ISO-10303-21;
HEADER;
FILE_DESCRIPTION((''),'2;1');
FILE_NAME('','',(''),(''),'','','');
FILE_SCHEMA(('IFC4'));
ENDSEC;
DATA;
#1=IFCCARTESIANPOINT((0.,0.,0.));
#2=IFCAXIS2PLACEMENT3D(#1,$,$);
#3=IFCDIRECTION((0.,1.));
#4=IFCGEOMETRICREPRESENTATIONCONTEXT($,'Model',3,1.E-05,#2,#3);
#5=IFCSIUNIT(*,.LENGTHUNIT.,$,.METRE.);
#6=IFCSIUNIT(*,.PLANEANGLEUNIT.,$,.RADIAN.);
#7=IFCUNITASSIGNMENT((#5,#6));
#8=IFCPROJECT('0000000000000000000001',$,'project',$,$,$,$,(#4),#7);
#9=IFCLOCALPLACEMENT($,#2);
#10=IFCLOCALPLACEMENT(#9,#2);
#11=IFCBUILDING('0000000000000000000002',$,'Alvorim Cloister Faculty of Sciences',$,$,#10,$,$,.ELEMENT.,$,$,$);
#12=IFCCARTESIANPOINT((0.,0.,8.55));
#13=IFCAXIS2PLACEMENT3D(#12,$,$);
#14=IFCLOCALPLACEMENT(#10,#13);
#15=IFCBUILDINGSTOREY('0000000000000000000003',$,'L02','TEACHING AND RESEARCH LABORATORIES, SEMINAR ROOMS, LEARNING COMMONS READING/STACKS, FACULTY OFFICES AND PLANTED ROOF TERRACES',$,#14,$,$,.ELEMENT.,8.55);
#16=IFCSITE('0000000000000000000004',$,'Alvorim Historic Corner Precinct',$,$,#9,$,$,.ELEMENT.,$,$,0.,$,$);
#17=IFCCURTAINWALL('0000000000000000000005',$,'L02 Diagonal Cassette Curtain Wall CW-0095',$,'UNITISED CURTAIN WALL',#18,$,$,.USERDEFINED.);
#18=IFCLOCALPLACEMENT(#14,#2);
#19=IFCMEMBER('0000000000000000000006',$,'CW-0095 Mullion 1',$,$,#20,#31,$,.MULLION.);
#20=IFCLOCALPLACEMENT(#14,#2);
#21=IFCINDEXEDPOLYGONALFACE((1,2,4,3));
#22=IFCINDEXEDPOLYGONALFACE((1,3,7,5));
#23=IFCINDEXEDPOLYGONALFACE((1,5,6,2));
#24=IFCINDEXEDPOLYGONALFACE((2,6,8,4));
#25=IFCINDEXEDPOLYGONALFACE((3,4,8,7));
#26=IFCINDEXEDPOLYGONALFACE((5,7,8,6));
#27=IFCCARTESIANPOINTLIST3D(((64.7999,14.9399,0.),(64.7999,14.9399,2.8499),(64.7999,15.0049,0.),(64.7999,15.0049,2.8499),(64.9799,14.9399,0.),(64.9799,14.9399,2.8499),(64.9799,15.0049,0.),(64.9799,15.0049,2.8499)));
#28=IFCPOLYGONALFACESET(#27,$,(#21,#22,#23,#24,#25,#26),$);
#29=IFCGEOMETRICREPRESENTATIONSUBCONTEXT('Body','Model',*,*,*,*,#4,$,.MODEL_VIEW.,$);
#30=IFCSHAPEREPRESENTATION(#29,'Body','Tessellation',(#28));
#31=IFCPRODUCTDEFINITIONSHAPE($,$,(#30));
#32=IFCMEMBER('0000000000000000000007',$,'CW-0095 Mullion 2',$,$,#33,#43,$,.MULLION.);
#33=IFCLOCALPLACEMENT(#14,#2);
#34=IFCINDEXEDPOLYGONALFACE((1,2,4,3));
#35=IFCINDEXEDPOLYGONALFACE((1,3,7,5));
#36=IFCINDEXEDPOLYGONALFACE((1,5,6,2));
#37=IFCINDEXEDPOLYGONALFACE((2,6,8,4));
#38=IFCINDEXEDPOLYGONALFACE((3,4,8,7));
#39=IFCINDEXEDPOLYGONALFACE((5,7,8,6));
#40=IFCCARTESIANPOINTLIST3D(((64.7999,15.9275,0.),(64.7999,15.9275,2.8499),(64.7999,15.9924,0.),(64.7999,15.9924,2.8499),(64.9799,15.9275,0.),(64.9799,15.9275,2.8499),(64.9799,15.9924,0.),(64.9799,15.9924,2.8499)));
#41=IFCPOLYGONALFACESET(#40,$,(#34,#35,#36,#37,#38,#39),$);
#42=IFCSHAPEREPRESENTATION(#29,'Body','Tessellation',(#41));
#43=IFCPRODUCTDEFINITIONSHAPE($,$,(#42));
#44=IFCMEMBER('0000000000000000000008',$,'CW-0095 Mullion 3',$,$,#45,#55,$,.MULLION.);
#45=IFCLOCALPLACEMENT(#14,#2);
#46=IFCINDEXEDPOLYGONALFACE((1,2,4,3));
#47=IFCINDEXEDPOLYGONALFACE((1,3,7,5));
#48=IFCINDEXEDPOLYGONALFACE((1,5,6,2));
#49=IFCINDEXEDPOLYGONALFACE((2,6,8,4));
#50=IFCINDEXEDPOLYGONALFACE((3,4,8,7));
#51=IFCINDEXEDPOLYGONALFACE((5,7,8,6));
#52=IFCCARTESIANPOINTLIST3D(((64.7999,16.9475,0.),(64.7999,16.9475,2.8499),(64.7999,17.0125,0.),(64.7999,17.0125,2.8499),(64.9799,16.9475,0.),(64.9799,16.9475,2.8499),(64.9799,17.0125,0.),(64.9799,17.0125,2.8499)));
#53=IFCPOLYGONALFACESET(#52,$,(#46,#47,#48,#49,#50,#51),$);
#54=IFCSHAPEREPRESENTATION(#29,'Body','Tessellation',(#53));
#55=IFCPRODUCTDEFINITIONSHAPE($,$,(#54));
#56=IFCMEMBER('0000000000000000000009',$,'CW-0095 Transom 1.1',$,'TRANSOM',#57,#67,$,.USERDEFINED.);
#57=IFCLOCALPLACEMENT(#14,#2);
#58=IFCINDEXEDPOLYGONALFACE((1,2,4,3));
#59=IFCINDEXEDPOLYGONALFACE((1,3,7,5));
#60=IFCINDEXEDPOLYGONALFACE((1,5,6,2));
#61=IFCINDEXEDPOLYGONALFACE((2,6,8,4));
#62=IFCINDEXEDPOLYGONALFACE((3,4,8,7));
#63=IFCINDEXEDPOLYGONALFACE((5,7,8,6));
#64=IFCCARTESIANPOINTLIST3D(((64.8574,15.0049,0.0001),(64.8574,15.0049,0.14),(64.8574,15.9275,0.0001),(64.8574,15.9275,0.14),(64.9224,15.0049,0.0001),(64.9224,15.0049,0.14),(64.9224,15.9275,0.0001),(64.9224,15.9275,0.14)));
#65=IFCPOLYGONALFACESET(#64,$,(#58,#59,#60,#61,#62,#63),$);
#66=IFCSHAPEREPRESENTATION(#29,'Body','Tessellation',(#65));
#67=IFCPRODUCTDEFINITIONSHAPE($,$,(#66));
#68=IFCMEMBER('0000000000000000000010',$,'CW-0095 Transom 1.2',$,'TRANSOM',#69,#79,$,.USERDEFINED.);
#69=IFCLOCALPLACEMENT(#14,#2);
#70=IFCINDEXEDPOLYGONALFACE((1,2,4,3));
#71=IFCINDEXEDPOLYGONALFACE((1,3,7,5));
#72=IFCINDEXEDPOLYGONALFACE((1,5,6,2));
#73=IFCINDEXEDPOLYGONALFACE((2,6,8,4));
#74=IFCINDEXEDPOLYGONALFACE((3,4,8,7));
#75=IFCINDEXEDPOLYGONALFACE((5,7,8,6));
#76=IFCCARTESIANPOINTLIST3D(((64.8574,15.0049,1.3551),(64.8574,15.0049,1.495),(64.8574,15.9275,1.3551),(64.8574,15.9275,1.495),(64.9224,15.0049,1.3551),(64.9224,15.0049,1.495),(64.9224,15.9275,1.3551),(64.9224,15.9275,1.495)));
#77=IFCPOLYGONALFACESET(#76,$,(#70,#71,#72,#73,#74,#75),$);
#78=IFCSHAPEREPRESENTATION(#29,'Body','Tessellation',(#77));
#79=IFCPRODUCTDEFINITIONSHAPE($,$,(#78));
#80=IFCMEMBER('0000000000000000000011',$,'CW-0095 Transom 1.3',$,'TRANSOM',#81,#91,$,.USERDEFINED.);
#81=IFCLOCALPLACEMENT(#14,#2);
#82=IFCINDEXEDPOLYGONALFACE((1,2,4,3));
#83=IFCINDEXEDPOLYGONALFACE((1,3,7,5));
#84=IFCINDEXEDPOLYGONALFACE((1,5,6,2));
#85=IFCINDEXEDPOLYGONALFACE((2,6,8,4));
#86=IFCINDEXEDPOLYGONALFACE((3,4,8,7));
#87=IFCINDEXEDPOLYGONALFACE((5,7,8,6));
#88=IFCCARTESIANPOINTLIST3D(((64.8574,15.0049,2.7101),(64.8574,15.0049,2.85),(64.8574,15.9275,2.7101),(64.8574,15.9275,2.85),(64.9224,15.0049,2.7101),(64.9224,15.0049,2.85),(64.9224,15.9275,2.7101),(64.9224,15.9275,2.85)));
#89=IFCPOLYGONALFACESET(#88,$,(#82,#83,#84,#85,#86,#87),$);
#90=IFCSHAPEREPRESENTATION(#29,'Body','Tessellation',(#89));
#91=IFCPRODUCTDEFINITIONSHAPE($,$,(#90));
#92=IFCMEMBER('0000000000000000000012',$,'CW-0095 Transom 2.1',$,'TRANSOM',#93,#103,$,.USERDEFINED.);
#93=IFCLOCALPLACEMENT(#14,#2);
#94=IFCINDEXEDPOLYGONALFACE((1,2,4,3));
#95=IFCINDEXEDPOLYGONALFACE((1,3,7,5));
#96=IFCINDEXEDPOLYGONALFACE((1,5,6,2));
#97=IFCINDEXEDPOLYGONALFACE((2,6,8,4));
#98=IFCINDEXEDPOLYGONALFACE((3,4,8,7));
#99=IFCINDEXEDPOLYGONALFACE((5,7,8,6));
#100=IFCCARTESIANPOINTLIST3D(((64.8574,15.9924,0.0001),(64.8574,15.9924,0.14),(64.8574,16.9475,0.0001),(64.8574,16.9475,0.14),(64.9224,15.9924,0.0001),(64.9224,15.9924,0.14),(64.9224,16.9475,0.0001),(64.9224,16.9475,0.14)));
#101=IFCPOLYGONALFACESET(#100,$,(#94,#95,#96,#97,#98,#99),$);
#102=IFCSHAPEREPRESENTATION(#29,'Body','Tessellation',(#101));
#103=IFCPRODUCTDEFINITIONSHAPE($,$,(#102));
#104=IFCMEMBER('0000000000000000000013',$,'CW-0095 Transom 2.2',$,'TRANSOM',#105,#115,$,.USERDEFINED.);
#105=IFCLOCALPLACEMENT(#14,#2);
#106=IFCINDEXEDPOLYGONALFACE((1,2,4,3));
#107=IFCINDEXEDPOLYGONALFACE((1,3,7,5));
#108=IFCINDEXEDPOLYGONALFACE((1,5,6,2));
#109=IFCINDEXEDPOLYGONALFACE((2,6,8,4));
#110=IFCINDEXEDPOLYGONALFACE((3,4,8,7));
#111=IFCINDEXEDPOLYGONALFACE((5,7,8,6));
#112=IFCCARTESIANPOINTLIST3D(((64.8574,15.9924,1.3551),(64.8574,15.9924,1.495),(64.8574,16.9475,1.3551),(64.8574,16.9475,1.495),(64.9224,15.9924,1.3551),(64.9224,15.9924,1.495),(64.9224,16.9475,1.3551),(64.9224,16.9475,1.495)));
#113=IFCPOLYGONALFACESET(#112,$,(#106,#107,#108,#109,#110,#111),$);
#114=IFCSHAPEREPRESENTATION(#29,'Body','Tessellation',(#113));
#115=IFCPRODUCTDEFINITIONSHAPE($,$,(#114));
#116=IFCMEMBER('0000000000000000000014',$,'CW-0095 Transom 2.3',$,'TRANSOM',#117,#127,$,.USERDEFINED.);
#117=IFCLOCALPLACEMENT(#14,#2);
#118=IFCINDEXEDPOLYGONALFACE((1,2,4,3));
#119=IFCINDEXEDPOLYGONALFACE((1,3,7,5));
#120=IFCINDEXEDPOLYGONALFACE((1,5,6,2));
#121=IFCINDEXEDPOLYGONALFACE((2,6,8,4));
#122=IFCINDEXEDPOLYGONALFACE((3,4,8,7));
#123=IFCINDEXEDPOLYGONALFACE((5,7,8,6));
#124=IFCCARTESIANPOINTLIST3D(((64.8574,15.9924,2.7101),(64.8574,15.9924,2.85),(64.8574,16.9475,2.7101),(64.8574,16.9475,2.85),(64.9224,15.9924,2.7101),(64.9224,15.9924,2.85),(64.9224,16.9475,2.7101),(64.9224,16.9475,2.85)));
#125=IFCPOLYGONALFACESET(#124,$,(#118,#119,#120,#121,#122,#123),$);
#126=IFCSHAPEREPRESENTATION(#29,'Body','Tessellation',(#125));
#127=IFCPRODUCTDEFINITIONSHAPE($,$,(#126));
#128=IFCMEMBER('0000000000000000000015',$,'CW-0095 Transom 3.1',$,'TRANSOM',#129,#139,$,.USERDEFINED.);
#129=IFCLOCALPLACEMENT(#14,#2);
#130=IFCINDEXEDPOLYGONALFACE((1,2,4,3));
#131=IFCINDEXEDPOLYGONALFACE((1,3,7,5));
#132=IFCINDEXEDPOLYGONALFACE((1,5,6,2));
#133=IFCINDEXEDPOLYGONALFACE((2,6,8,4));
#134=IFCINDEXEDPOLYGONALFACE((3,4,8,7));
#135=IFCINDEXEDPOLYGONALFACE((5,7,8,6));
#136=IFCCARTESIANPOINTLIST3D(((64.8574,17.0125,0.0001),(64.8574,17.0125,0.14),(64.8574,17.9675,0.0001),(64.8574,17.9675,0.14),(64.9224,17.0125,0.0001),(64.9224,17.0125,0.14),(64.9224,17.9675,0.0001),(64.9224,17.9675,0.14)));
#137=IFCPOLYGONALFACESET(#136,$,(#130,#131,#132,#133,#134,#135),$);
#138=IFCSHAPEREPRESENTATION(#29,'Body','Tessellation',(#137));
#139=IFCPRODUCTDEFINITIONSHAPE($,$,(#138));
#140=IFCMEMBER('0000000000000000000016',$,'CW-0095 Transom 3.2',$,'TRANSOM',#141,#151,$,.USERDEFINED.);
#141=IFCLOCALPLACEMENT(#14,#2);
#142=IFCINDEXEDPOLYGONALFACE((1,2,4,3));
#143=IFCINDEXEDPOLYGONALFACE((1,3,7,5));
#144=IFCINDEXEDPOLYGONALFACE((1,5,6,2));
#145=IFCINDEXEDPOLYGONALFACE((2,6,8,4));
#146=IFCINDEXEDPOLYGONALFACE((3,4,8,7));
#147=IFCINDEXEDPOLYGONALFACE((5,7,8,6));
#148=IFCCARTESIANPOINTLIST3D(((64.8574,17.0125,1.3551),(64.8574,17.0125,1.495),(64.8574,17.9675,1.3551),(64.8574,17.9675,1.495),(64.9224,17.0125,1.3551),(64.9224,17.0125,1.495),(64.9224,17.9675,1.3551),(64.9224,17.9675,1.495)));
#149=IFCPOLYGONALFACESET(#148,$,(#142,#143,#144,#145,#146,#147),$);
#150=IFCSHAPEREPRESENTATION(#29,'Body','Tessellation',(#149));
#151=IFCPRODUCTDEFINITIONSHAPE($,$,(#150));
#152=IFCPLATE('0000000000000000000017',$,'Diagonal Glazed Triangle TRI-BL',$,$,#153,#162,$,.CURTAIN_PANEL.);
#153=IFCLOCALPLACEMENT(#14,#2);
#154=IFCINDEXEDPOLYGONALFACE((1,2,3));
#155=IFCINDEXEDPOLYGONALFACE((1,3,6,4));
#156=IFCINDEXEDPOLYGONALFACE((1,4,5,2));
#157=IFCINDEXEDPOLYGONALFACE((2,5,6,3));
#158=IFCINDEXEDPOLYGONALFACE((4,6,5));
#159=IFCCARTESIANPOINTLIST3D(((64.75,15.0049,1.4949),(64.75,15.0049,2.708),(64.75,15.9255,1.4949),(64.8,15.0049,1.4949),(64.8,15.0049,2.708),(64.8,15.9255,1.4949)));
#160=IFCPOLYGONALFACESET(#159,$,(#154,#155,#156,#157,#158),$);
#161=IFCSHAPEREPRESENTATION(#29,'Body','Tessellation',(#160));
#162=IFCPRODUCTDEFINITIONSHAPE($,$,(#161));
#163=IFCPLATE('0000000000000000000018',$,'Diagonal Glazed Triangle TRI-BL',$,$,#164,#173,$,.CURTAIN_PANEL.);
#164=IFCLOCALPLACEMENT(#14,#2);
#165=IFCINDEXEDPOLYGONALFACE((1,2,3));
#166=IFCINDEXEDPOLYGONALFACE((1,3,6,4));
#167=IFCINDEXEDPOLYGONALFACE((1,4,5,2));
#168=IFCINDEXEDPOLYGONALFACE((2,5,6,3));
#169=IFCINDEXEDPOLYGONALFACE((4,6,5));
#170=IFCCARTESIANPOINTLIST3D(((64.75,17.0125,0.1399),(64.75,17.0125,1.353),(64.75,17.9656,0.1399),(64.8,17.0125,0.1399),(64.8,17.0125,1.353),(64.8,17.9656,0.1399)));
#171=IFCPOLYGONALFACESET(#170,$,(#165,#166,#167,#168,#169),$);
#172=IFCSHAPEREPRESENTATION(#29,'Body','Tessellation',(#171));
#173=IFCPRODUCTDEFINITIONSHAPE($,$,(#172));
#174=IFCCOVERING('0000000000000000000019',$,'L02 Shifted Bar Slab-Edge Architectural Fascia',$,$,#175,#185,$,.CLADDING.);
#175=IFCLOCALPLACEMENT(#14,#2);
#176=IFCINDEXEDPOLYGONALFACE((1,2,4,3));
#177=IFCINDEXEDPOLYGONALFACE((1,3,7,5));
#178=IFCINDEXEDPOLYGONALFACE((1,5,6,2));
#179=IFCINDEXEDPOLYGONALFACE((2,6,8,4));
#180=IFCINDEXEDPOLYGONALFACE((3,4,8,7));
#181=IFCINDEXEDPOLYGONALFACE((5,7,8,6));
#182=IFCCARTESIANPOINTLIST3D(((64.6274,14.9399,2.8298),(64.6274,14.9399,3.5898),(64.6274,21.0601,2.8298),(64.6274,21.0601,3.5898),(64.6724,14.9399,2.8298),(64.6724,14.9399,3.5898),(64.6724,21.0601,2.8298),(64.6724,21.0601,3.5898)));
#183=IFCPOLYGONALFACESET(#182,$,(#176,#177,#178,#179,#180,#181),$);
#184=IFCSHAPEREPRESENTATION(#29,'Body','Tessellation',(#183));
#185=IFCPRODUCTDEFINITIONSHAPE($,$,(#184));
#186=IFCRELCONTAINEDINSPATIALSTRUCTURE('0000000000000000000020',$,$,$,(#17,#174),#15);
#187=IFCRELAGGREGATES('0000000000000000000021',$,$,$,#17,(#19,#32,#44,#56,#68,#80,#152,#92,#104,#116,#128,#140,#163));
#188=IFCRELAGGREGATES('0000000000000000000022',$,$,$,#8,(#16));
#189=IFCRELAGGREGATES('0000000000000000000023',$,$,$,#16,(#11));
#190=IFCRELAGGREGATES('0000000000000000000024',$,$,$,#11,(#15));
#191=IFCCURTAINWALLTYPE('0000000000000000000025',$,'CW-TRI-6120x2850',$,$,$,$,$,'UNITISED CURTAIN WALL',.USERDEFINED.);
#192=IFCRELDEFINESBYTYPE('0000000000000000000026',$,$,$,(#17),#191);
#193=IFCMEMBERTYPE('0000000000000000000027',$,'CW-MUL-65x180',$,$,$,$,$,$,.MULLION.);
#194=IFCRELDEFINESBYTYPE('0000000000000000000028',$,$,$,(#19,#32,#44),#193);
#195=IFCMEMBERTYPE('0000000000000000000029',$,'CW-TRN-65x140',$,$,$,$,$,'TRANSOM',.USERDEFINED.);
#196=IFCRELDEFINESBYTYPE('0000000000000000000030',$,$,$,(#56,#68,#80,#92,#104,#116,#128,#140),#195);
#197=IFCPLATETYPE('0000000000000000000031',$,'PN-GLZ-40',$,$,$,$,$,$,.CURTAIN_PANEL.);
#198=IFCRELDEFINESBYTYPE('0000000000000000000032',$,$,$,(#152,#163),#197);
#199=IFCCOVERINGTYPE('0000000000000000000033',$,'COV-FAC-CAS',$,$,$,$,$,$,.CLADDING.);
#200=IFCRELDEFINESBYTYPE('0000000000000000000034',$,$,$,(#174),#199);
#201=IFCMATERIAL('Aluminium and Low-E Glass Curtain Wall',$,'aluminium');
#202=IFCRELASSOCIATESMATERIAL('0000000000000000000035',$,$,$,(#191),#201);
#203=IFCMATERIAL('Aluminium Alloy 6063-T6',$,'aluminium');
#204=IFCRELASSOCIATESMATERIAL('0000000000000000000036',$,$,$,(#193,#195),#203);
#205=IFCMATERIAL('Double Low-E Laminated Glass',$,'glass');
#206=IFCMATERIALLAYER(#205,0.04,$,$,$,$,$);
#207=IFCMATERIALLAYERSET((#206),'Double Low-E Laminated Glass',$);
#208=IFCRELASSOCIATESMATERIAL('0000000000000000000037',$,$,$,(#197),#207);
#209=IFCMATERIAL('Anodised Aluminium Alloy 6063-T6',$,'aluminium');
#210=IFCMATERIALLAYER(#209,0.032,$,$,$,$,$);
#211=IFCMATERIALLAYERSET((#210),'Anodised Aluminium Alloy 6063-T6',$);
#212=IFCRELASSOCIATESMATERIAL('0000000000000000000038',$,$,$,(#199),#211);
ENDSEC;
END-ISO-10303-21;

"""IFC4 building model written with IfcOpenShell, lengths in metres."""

from ifc_helpers import new_model, si_unit, direction, frame, origin, origin_2d, place, context, subcontext, project, spatial, polyline, rectangle, outline, extrude, material, layer, layer_set, material_profile, profile_set, type_object, element, aggregate, save


model = new_model("IFC4")

# Units and contexts
model_context = context("Model", 3, precision=1e-05, world=origin(), true_north=direction((0.0, 1.0)))
body_context = subcontext(model_context, "Body", "Model", "MODEL_VIEW")
ifc_project = project(units=[si_unit("LENGTHUNIT", "METRE"), si_unit("PLANEANGLEUNIT", "RADIAN")], contexts=[model_context])

# Site, building, storey
site_placement = place(None, origin())
site = spatial("IfcSite", under=ifc_project, at=site_placement, Name="Alvorim Historic Corner Precinct", CompositionType="ELEMENT", RefElevation=0.0)
building_placement = place(site_placement, origin())
building = spatial("IfcBuilding", under=site, at=building_placement, Name="Alvorim Cloister Faculty of Sciences", CompositionType="ELEMENT")
storey_placement = place(building_placement, frame((0.0, 0.0, 8.55)))
storey = spatial("IfcBuildingStorey", under=building, at=storey_placement, Name="L02", Description="TEACHING AND RESEARCH LABORATORIES, SEMINAR ROOMS, LEARNING COMMONS READING/STACKS, FACULTY OFFICES AND PLANTED ROOF TERRACES", CompositionType="ELEMENT", Elevation=8.55)

# Curtain wall, members, plates
ifc_material_1 = material(Name="Aluminium and Low-E Glass Curtain Wall", Category="aluminium")
curtain_wall_type = type_object("IfcCurtainWallType", Name="CW-TRI-6120x2850", ElementType="UNITISED CURTAIN WALL", PredefinedType="USERDEFINED", material=ifc_material_1)
curtain_wall_placement = place(storey_placement, origin())
curtain_wall = element("IfcCurtainWall", 1, at=curtain_wall_placement, inside=storey, type_object=curtain_wall_type, Name="L02 Diagonal Cassette Curtain Wall CW-0095", ObjectType="UNITISED CURTAIN WALL", PredefinedType="USERDEFINED")
ifc_material_2 = material(Name="Aluminium Alloy 6063-T6", Category="aluminium")
ifc_material_profile_1 = material_profile(ifc_material_2, rectangle(XDim=0.0649, YDim=0.1799, at=origin_2d()), Name="ALU-MUL-65x180")
ifc_profile_set_1 = profile_set([ifc_material_profile_1], Name="Aluminium Alloy 6063-T6")
member_type_1 = type_object("IfcMemberType", Name="CW-MUL-65x180", PredefinedType="MULLION", material=ifc_profile_set_1)
member_1_placement = place(storey_placement, frame((64.8899, 14.9724, 0.0), z_axis=(0.0, 0.0, 1.0), x_axis=(0.0, 1.0, 0.0)))
member_1 = element("IfcMember", 2, at=member_1_placement, type_object=member_type_1, Name="CW-0095 Mullion 1", PredefinedType="MULLION", context=body_context, shape_type="SweptSolid", body=[
    extrude(rectangle(XDim=0.0649, YDim=0.1799, at=origin_2d()), origin(), (0.0, 0.0, 1.0), 2.8499),
])
member_2_placement = place(storey_placement, frame((64.8899, 15.96, 0.0), z_axis=(0.0, 0.0, 1.0), x_axis=(0.0, 1.0, 0.0)))
member_2 = element("IfcMember", 3, at=member_2_placement, type_object=member_type_1, Name="CW-0095 Mullion 2", PredefinedType="MULLION", context=body_context, shape_type="SweptSolid", body=[
    extrude(rectangle(XDim=0.0649, YDim=0.1799, at=origin_2d()), origin(), (0.0, 0.0, 1.0), 2.8499),
])
member_3_placement = place(storey_placement, frame((64.8899, 16.98, 0.0), z_axis=(0.0, 0.0, 1.0), x_axis=(0.0, 1.0, 0.0)))
member_3 = element("IfcMember", 4, at=member_3_placement, type_object=member_type_1, Name="CW-0095 Mullion 3", PredefinedType="MULLION", context=body_context, shape_type="SweptSolid", body=[
    extrude(rectangle(XDim=0.0649, YDim=0.1799, at=origin_2d()), origin(), (0.0, 0.0, 1.0), 2.8499),
])
ifc_material_profile_2 = material_profile(ifc_material_2, rectangle(XDim=0.0649, YDim=0.1399, at=origin_2d()), Name="ALU-TRN-65x140")
ifc_profile_set_2 = profile_set([ifc_material_profile_2], Name="Aluminium Alloy 6063-T6")
member_type_2 = type_object("IfcMemberType", Name="CW-TRN-65x140", ElementType="TRANSOM", PredefinedType="USERDEFINED", material=ifc_profile_set_2)
member_4_placement = place(storey_placement, frame((64.8899, 15.0049, 0.0701), z_axis=(0.0, 1.0, 0.0), x_axis=(-1.0, 0.0, 0.0)))
member_4 = element("IfcMember", 5, at=member_4_placement, type_object=member_type_2, Name="CW-0095 Transom 1.1", ObjectType="TRANSOM", PredefinedType="USERDEFINED", context=body_context, shape_type="SweptSolid", body=[
    extrude(rectangle(XDim=0.0649, YDim=0.1399, at=origin_2d()), origin(), (0.0, 0.0, 1.0), 0.9226),
])
member_5_placement = place(storey_placement, frame((64.8899, 15.0049, 1.425), z_axis=(0.0, 1.0, 0.0), x_axis=(-1.0, 0.0, 0.0)))
member_5 = element("IfcMember", 6, at=member_5_placement, type_object=member_type_2, Name="CW-0095 Transom 1.2", ObjectType="TRANSOM", PredefinedType="USERDEFINED", context=body_context, shape_type="SweptSolid", body=[
    extrude(rectangle(XDim=0.0649, YDim=0.1399, at=origin_2d()), origin(), (0.0, 0.0, 1.0), 0.9226),
])
member_6_placement = place(storey_placement, frame((64.8899, 15.0049, 2.78), z_axis=(0.0, 1.0, 0.0), x_axis=(-1.0, 0.0, 0.0)))
member_6 = element("IfcMember", 7, at=member_6_placement, type_object=member_type_2, Name="CW-0095 Transom 1.3", ObjectType="TRANSOM", PredefinedType="USERDEFINED", context=body_context, shape_type="SweptSolid", body=[
    extrude(rectangle(XDim=0.0649, YDim=0.1399, at=origin_2d()), origin(), (0.0, 0.0, 1.0), 0.9226),
])
member_7_placement = place(storey_placement, frame((64.8899, 15.9924, 0.0701), z_axis=(0.0, 1.0, 0.0), x_axis=(-1.0, 0.0, 0.0)))
member_7 = element("IfcMember", 8, at=member_7_placement, type_object=member_type_2, Name="CW-0095 Transom 2.1", ObjectType="TRANSOM", PredefinedType="USERDEFINED", context=body_context, shape_type="SweptSolid", body=[
    extrude(rectangle(XDim=0.0649, YDim=0.1399, at=origin_2d()), origin(), (0.0, 0.0, 1.0), 0.9551),
])
member_8_placement = place(storey_placement, frame((64.8899, 15.9924, 1.425), z_axis=(0.0, 1.0, 0.0), x_axis=(-1.0, 0.0, 0.0)))
member_8 = element("IfcMember", 9, at=member_8_placement, type_object=member_type_2, Name="CW-0095 Transom 2.2", ObjectType="TRANSOM", PredefinedType="USERDEFINED", context=body_context, shape_type="SweptSolid", body=[
    extrude(rectangle(XDim=0.0649, YDim=0.1399, at=origin_2d()), origin(), (0.0, 0.0, 1.0), 0.9551),
])
member_9_placement = place(storey_placement, frame((64.8899, 15.9924, 2.78), z_axis=(0.0, 1.0, 0.0), x_axis=(-1.0, 0.0, 0.0)))
member_9 = element("IfcMember", 10, at=member_9_placement, type_object=member_type_2, Name="CW-0095 Transom 2.3", ObjectType="TRANSOM", PredefinedType="USERDEFINED", context=body_context, shape_type="SweptSolid", body=[
    extrude(rectangle(XDim=0.0649, YDim=0.1399, at=origin_2d()), origin(), (0.0, 0.0, 1.0), 0.9551),
])
member_10_placement = place(storey_placement, frame((64.8899, 17.0125, 0.0701), z_axis=(0.0, 1.0, 0.0), x_axis=(-1.0, 0.0, 0.0)))
member_10 = element("IfcMember", 11, at=member_10_placement, type_object=member_type_2, Name="CW-0095 Transom 3.1", ObjectType="TRANSOM", PredefinedType="USERDEFINED", context=body_context, shape_type="SweptSolid", body=[
    extrude(rectangle(XDim=0.0649, YDim=0.1399, at=origin_2d()), origin(), (0.0, 0.0, 1.0), 0.9551),
])
member_11_placement = place(storey_placement, frame((64.8899, 17.0125, 1.425), z_axis=(0.0, 1.0, 0.0), x_axis=(-1.0, 0.0, 0.0)))
member_11 = element("IfcMember", 12, at=member_11_placement, type_object=member_type_2, Name="CW-0095 Transom 3.2", ObjectType="TRANSOM", PredefinedType="USERDEFINED", context=body_context, shape_type="SweptSolid", body=[
    extrude(rectangle(XDim=0.0649, YDim=0.1399, at=origin_2d()), origin(), (0.0, 0.0, 1.0), 0.9551),
])
ifc_material_3 = material(Name="Double Low-E Laminated Glass", Category="glass")
ifc_layer_1 = layer(ifc_material_3, 0.04)
ifc_layer_set_1 = layer_set([ifc_layer_1], Name="Double Low-E Laminated Glass")
plate_type = type_object("IfcPlateType", Name="PN-GLZ-40", PredefinedType="CURTAIN_PANEL", material=ifc_layer_set_1)
plate_1_placement = place(storey_placement, frame((64.7749, 15.0049, 1.4949), z_axis=(0.0, 0.0, 1.0), x_axis=(0.0, 1.0, 0.0)))
plate_1 = element("IfcPlate", 13, at=plate_1_placement, type_object=plate_type, Name="Diagonal Glazed Triangle TRI-BL", PredefinedType="CURTAIN_PANEL", context=body_context, shape_type="SweptSolid", body=[
    extrude(outline(polyline([(0.0, 0.0), (0.9207, 0.0), (0.0, 1.2131), (0.0, 0.0)])), frame((0.0, 0.0249, 0.0), z_axis=(0.0, -1.0, 0.0), x_axis=(1.0, 0.0, 0.0)), (0.0, 0.0, 1.0), 0.05),
])
plate_2_placement = place(storey_placement, frame((64.7749, 17.0125, 0.1399), z_axis=(0.0, 0.0, 1.0), x_axis=(0.0, 1.0, 0.0)))
plate_2 = element("IfcPlate", 14, at=plate_2_placement, type_object=plate_type, Name="Diagonal Glazed Triangle TRI-BL", PredefinedType="CURTAIN_PANEL", context=body_context, shape_type="SweptSolid", body=[
    extrude(outline(polyline([(0.0, 0.0), (0.9531, 0.0), (0.0, 1.2131), (0.0, 0.0)])), frame((0.0, 0.0249, 0.0), z_axis=(0.0, -1.0, 0.0), x_axis=(1.0, 0.0, 0.0)), (0.0, 0.0, 1.0), 0.05),
])
aggregate(curtain_wall, [member_1, member_2, member_3, member_4, member_5, member_6, plate_1, member_7, member_8, member_9, member_10, member_11, plate_2])

# Covering
ifc_material_4 = material(Name="Anodised Aluminium Alloy 6063-T6", Category="aluminium")
ifc_layer_2 = layer(ifc_material_4, 0.032)
ifc_layer_set_2 = layer_set([ifc_layer_2], Name="Anodised Aluminium Alloy 6063-T6")
covering_type = type_object("IfcCoveringType", Name="COV-FAC-CAS", PredefinedType="CLADDING", material=ifc_layer_set_2)
covering_placement = place(storey_placement, frame((64.6499, 14.9399, 2.8298), z_axis=(0.0, 0.0, 1.0), x_axis=(0.0, 1.0, 0.0)))
element("IfcCovering", 15, at=covering_placement, inside=storey, type_object=covering_type, Name="L02 Shifted Bar Slab-Edge Architectural Fascia", PredefinedType="CLADDING", context=body_context, shape_type="SweptSolid", body=[
    extrude(outline(polyline([(0.0, 0.0), (6.1201, 0.0), (6.1201, 0.76), (0.0, 0.76), (0.0, 0.0)])), frame((0.0, 0.0225, 0.0), z_axis=(0.0, -1.0, 0.0), x_axis=(1.0, 0.0, 0.0)), (0.0, 0.0, 1.0), 0.0449),
])

save(model, "model.ifc")
